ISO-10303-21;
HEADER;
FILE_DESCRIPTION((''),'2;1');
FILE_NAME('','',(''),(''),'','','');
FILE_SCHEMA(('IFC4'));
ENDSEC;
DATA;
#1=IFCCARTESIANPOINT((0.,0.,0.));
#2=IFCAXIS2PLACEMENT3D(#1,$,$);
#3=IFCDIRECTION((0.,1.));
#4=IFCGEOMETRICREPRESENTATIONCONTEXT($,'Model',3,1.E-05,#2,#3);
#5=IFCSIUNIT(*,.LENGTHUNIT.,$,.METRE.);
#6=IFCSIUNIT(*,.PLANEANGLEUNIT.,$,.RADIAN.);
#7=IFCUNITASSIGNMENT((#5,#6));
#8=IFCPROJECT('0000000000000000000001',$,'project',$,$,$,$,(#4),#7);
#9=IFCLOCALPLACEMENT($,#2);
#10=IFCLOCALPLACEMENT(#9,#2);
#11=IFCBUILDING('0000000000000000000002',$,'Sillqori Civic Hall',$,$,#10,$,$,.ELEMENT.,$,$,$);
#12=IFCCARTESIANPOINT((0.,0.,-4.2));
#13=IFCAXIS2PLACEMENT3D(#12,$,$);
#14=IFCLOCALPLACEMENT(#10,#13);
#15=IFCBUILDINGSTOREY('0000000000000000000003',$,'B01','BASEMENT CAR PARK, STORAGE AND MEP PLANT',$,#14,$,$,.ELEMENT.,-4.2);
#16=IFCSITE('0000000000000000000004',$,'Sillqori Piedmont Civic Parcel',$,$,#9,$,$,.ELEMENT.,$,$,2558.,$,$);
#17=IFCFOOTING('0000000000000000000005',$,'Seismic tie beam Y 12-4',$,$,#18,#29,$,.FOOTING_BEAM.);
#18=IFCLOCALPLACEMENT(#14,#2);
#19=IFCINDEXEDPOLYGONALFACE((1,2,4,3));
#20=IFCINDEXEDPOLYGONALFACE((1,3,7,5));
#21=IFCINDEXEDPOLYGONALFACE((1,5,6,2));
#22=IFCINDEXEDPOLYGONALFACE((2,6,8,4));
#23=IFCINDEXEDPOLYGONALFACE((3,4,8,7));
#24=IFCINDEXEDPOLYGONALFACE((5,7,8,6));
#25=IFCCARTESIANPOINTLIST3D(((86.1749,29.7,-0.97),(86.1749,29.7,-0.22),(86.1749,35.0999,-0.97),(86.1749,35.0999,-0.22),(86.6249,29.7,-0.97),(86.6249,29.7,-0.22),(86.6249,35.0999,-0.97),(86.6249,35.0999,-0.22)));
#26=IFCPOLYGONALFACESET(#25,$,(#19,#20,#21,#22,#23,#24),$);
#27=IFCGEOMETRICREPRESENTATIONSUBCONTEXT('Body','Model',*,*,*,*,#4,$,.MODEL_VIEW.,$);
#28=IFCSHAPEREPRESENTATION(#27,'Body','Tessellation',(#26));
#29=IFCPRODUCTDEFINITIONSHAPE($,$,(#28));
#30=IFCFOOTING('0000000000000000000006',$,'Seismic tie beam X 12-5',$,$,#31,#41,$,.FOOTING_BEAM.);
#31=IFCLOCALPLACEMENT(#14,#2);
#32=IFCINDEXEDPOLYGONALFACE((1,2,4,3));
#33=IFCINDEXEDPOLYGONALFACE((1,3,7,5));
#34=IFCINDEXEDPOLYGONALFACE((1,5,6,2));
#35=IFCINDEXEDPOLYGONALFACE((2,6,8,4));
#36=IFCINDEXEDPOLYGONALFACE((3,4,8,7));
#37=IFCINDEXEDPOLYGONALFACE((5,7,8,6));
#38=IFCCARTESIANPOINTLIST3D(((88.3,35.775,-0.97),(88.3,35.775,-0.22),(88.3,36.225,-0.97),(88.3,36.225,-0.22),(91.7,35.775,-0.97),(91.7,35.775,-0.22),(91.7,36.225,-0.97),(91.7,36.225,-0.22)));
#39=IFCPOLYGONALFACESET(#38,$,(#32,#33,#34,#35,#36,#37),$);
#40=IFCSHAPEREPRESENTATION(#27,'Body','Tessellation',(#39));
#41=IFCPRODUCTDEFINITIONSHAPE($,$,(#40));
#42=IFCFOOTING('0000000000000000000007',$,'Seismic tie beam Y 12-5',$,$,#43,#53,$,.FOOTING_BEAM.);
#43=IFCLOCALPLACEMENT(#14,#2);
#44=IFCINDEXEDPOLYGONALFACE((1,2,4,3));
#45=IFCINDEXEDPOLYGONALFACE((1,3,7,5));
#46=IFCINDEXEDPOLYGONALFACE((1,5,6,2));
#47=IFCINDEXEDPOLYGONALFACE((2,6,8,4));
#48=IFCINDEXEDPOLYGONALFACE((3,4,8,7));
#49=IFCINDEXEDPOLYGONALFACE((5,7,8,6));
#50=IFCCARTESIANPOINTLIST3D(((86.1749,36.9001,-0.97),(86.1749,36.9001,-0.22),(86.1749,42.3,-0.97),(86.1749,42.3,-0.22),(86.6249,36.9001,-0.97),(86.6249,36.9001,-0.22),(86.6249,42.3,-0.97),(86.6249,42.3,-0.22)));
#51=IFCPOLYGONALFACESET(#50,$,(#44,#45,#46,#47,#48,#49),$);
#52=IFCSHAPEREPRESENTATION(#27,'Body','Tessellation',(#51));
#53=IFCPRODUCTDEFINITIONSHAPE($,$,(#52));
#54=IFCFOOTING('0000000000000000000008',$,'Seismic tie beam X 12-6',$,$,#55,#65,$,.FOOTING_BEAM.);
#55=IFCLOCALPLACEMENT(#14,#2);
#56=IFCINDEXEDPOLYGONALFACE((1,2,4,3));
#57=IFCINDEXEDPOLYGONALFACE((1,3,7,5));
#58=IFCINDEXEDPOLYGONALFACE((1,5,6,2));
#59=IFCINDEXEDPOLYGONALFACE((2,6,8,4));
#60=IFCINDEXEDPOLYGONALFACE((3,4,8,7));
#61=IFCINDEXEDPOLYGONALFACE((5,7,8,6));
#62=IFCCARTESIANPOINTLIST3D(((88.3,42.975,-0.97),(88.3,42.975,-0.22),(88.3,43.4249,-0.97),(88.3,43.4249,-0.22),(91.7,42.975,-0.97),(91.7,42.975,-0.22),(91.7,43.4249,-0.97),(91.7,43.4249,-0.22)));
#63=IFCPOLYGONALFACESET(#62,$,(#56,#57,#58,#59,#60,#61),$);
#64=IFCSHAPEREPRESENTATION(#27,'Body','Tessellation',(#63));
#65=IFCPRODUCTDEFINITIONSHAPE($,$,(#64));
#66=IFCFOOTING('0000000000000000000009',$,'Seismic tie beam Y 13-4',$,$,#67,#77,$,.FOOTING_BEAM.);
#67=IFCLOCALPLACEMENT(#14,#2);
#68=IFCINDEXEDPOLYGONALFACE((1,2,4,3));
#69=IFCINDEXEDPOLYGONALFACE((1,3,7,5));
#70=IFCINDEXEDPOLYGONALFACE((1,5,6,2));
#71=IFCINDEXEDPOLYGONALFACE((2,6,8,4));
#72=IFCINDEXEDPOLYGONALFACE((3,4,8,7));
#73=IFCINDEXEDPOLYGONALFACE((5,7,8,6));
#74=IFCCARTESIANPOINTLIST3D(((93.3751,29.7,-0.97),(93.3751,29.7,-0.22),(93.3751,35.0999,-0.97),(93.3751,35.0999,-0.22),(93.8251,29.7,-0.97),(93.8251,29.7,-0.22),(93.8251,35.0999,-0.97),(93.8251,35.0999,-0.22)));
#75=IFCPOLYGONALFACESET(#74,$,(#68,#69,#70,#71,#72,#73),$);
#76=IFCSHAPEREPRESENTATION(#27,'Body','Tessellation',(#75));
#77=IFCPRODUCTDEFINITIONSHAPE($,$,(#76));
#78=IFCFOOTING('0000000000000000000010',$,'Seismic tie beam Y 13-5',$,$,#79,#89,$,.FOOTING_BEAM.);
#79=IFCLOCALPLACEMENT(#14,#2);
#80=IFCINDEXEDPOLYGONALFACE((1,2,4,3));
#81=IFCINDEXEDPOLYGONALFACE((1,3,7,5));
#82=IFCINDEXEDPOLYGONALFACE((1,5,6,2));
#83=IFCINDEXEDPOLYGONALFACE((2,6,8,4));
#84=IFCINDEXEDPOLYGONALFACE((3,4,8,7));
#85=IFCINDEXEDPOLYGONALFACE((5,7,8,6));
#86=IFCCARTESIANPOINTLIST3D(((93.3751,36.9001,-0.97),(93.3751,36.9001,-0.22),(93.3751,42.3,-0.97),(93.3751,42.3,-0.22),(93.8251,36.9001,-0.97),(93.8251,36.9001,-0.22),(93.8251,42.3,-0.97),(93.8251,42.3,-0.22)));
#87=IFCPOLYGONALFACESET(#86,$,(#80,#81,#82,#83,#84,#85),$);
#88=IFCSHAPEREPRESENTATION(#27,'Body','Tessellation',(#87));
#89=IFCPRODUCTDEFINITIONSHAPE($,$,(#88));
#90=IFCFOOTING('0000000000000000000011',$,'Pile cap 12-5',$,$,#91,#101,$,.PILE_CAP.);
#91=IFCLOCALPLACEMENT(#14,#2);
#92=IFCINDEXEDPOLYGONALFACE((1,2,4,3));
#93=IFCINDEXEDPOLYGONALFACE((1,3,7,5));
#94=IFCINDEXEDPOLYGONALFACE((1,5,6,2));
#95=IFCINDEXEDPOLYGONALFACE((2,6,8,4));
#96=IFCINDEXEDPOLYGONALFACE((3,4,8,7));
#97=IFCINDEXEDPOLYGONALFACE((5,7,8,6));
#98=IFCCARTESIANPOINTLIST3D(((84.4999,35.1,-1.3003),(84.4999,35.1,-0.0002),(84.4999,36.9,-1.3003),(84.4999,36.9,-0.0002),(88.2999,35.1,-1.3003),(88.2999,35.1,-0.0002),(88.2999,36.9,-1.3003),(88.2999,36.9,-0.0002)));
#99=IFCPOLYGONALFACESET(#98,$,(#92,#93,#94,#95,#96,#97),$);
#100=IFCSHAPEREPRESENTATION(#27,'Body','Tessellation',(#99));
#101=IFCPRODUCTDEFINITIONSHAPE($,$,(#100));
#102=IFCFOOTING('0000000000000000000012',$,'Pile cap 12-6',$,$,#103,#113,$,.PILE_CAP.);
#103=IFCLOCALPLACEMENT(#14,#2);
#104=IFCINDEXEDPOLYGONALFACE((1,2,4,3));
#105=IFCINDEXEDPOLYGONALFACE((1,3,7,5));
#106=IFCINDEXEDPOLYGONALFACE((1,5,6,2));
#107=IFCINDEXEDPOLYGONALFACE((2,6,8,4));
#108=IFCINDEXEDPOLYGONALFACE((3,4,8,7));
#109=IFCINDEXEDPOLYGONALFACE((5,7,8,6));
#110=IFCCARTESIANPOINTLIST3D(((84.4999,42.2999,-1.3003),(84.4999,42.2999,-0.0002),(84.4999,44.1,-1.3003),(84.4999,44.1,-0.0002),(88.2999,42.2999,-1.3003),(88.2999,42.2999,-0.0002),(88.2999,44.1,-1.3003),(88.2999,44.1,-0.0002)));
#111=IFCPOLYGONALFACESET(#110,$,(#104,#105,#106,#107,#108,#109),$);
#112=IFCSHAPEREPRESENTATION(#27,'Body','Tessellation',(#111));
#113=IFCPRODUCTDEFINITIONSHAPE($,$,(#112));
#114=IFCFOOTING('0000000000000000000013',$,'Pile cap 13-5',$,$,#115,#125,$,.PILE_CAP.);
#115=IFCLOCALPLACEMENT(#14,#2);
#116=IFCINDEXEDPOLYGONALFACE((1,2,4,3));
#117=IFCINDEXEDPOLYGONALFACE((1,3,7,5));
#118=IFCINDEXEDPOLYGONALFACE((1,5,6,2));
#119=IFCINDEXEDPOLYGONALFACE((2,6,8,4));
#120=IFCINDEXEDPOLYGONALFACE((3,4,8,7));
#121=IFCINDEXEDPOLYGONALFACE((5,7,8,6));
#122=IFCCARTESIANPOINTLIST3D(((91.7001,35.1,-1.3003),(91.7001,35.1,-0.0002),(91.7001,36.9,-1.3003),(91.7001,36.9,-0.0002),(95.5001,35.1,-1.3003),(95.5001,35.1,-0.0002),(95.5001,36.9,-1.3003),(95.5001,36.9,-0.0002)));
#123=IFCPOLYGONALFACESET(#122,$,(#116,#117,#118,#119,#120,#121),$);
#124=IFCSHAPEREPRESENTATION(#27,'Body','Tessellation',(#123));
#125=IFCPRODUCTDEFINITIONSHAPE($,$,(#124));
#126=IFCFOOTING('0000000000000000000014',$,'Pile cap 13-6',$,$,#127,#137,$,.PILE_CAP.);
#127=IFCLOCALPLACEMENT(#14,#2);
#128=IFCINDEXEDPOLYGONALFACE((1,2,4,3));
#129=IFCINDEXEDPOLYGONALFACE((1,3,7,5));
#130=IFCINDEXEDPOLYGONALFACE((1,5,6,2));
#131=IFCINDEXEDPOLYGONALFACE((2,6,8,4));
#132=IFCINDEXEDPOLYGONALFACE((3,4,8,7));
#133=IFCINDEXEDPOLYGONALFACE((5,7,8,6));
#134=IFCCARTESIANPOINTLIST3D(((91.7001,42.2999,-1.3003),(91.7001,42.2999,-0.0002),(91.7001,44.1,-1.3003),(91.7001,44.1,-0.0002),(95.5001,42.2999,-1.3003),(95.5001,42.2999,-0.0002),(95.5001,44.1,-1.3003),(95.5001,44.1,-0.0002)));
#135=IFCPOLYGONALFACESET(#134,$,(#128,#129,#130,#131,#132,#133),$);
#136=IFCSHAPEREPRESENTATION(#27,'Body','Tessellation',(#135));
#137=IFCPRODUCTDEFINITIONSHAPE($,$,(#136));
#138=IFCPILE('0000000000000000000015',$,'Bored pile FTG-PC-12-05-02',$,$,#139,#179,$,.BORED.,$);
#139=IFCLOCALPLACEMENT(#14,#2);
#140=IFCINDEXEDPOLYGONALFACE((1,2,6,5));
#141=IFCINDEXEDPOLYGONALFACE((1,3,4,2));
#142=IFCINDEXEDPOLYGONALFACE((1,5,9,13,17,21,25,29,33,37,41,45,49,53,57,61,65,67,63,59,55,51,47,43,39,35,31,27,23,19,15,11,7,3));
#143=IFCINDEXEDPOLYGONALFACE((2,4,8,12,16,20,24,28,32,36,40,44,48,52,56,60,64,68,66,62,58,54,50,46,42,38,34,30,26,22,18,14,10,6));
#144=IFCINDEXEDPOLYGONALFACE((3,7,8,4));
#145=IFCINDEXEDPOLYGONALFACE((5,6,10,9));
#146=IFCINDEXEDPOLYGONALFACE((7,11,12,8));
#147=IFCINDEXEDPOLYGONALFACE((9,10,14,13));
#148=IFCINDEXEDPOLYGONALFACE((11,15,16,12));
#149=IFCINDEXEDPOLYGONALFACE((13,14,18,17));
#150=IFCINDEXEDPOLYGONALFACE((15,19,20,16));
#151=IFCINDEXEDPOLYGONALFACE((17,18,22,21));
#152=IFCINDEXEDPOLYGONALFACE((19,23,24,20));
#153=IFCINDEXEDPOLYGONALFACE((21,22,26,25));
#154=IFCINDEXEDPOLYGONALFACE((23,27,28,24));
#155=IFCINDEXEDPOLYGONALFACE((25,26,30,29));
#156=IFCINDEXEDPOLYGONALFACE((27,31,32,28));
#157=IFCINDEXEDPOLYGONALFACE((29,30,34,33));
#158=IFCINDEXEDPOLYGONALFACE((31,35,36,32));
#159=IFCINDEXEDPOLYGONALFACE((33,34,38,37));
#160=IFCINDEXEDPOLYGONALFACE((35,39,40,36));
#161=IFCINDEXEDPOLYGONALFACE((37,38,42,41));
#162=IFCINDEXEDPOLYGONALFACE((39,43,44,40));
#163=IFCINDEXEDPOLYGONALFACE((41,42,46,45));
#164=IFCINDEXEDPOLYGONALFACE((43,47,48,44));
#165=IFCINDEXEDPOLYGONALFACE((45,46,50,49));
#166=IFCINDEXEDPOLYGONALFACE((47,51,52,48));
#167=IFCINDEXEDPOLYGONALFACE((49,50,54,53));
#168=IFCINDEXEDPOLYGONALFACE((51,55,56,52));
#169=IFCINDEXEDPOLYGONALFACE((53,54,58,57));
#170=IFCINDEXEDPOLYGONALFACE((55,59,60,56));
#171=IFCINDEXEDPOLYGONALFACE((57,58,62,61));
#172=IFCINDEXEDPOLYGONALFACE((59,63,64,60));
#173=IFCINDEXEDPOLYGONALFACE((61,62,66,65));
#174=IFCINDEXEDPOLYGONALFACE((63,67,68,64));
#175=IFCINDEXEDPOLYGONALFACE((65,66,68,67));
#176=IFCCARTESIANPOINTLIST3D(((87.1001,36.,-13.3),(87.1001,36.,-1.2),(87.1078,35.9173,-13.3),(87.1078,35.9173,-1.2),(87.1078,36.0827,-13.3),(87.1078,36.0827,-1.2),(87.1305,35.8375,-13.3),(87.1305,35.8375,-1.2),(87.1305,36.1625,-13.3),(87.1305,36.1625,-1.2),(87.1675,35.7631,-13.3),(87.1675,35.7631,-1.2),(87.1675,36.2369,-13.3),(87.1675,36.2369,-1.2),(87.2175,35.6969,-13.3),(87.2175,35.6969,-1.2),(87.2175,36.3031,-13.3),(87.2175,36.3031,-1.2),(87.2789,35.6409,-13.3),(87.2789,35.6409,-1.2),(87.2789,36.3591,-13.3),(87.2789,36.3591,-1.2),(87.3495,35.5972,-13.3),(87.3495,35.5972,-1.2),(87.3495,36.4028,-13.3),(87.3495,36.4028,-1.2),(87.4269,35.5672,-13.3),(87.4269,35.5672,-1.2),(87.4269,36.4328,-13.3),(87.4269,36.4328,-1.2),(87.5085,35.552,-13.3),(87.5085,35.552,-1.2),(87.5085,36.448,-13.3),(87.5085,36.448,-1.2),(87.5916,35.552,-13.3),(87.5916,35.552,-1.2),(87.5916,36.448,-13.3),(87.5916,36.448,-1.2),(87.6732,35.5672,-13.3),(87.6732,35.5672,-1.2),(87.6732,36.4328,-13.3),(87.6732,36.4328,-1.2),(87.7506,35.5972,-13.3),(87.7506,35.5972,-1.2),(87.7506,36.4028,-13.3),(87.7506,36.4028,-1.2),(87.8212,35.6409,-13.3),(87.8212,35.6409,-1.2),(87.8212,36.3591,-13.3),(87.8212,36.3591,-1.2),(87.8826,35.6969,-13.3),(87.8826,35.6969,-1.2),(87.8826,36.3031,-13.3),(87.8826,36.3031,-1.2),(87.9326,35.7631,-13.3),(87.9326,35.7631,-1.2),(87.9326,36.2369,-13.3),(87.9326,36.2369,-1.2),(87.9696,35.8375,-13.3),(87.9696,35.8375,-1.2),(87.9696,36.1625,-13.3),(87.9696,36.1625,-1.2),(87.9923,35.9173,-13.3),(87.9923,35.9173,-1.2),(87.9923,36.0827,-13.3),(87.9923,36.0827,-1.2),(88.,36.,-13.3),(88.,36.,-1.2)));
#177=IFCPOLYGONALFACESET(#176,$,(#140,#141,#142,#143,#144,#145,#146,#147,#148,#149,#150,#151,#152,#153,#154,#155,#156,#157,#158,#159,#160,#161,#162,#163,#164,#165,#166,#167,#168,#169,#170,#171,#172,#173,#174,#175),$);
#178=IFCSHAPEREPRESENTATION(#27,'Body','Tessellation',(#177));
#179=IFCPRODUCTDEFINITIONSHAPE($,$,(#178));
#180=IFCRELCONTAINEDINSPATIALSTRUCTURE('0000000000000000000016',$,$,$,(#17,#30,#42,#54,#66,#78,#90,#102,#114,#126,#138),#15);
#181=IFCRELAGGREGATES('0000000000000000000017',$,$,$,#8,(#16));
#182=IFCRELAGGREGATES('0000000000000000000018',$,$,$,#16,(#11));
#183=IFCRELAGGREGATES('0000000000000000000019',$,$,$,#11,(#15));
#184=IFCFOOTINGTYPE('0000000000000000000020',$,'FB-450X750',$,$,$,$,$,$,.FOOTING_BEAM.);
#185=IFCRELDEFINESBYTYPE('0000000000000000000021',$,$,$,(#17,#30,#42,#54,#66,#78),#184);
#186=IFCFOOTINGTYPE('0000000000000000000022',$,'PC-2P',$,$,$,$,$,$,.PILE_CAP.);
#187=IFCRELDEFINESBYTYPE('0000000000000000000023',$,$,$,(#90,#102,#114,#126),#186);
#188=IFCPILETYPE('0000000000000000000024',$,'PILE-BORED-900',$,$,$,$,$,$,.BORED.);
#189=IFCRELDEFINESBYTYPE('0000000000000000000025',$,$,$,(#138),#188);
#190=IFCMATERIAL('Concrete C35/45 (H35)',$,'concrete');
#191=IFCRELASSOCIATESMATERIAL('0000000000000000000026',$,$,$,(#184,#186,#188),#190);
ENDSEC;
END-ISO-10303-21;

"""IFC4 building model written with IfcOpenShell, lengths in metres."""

from ifc_helpers import new_model, si_unit, direction, frame, origin, origin_2d, place, context, subcontext, project, spatial, rectangle, circle, extrude, material, material_profile, profile_set, type_object, element, save


model = new_model("IFC4")

# Units and contexts
model_context = context("Model", 3, precision=1e-05, world=origin(), true_north=direction((0.0, 1.0)))
body_context = subcontext(model_context, "Body", "Model", "MODEL_VIEW")
ifc_project = project(units=[si_unit("LENGTHUNIT", "METRE"), si_unit("PLANEANGLEUNIT", "RADIAN")], contexts=[model_context])

# Site, building, storey
site_placement = place(None, origin())
site = spatial("IfcSite", under=ifc_project, at=site_placement, Name="Sillqori Piedmont Civic Parcel", CompositionType="ELEMENT", RefElevation=2558.0)
building_placement = place(site_placement, origin())
building = spatial("IfcBuilding", under=site, at=building_placement, Name="Sillqori Civic Hall", CompositionType="ELEMENT")
storey_placement = place(building_placement, frame((0.0, 0.0, -4.2)))
storey = spatial("IfcBuildingStorey", under=building, at=storey_placement, Name="B01", Description="BASEMENT CAR PARK, STORAGE AND MEP PLANT", CompositionType="ELEMENT", Elevation=-4.2)

# Footings
ifc_material = material(Name="Concrete C35/45 (H35)", Category="concrete")
footing_type_1 = type_object("IfcFootingType", Name="FB-450X750", PredefinedType="FOOTING_BEAM", material=ifc_material)
footing_1_placement = place(storey_placement, frame((86.3999, 32.3999, -0.97), z_axis=(0.0, 0.0, 1.0), x_axis=(1.0, 0.0, 0.0)))
element("IfcFooting", 1, at=footing_1_placement, inside=storey, type_object=footing_type_1, Name="Seismic tie beam Y 12-4", PredefinedType="FOOTING_BEAM", context=body_context, shape_type="SweptSolid", body=[
    extrude(rectangle(XDim=0.45, YDim=5.3999, at=origin_2d()), origin(), (0.0, 0.0, 1.0), 0.75),
])
footing_2_placement = place(storey_placement, frame((90.0, 36.0, -0.97), z_axis=(0.0, 0.0, 1.0), x_axis=(1.0, 0.0, 0.0)))
element("IfcFooting", 2, at=footing_2_placement, inside=storey, type_object=footing_type_1, Name="Seismic tie beam X 12-5", PredefinedType="FOOTING_BEAM", context=body_context, shape_type="SweptSolid", body=[
    extrude(rectangle(XDim=3.3999, YDim=0.45, at=origin_2d()), origin(), (0.0, 0.0, 1.0), 0.75),
])
footing_3_placement = place(storey_placement, frame((86.3999, 39.6001, -0.97), z_axis=(0.0, 0.0, 1.0), x_axis=(1.0, 0.0, 0.0)))
element("IfcFooting", 3, at=footing_3_placement, inside=storey, type_object=footing_type_1, Name="Seismic tie beam Y 12-5", PredefinedType="FOOTING_BEAM", context=body_context, shape_type="SweptSolid", body=[
    extrude(rectangle(XDim=0.45, YDim=5.3999, at=origin_2d()), origin(), (0.0, 0.0, 1.0), 0.75),
])
footing_4_placement = place(storey_placement, frame((90.0, 43.2, -0.97), z_axis=(0.0, 0.0, 1.0), x_axis=(1.0, 0.0, 0.0)))
element("IfcFooting", 4, at=footing_4_placement, inside=storey, type_object=footing_type_1, Name="Seismic tie beam X 12-6", PredefinedType="FOOTING_BEAM", context=body_context, shape_type="SweptSolid", body=[
    extrude(rectangle(XDim=3.3999, YDim=0.45, at=origin_2d()), origin(), (0.0, 0.0, 1.0), 0.75),
])
for number, where, z_axis, x_axis, name in (
    (5, (93.6001, 32.3999, -0.97), (0.0, 0.0, 1.0), (1.0, 0.0, 0.0), "Seismic tie beam Y 13-4"),
    (6, (93.6001, 39.6001, -0.97), (0.0, 0.0, 1.0), (1.0, 0.0, 0.0), "Seismic tie beam Y 13-5"),
):
    element("IfcFooting", number, at=place(storey_placement, frame(where, z_axis=z_axis, x_axis=x_axis)), inside=storey, type_object=footing_type_1, Name=name, PredefinedType="FOOTING_BEAM", context=body_context, shape_type="SweptSolid", body=[
        extrude(rectangle(XDim=0.45, YDim=5.3999, at=origin_2d()), origin(), (0.0, 0.0, 1.0), 0.75),
    ])
footing_type_2 = type_object("IfcFootingType", Name="PC-2P", PredefinedType="PILE_CAP", material=ifc_material)
for number, where, z_axis, x_axis, name in (
    (7, (86.3999, 36.0, -1.3003), (0.0, 0.0, 1.0), (1.0, 0.0, 0.0), "Pile cap 12-5"),
    (8, (86.3999, 43.2, -1.3003), (0.0, 0.0, 1.0), (1.0, 0.0, 0.0), "Pile cap 12-6"),
    (9, (93.6001, 36.0, -1.3003), (0.0, 0.0, 1.0), (1.0, 0.0, 0.0), "Pile cap 13-5"),
    (10, (93.6001, 43.2, -1.3003), (0.0, 0.0, 1.0), (1.0, 0.0, 0.0), "Pile cap 13-6"),
):
    element("IfcFooting", number, at=place(storey_placement, frame(where, z_axis=z_axis, x_axis=x_axis)), inside=storey, type_object=footing_type_2, Name=name, PredefinedType="PILE_CAP", context=body_context, shape_type="SweptSolid", body=[
        extrude(rectangle(XDim=3.8, YDim=1.8, at=origin_2d()), origin(), (0.0, 0.0, 1.0), 1.3),
    ])

# Pile
ifc_material_profile_1 = material_profile(ifc_material, circle(Radius=0.45, at=origin_2d()), Name="BORED PILE 900")
ifc_profile_set_1 = profile_set([ifc_material_profile_1], Name="Concrete C35/45 (H35)")
pile_type = type_object("IfcPileType", Name="PILE-BORED-900", PredefinedType="BORED", material=ifc_profile_set_1)
for number, where, z_axis, x_axis, name in (
    (11, (87.55, 36.0, -1.2), (0.0, 0.0, -1.0), (1.0, 0.0, 0.0), "Bored pile FTG-PC-12-05-02"),
):
    element("IfcPile", number, at=place(storey_placement, frame(where, z_axis=z_axis, x_axis=x_axis)), inside=storey, type_object=pile_type, Name=name, PredefinedType="BORED", context=body_context, shape_type="SweptSolid", body=[
        extrude(circle(Radius=0.45, at=origin_2d()), origin(), (0.0, 0.0, 1.0), 12.1001),
    ])

save(model, "model.ifc")
